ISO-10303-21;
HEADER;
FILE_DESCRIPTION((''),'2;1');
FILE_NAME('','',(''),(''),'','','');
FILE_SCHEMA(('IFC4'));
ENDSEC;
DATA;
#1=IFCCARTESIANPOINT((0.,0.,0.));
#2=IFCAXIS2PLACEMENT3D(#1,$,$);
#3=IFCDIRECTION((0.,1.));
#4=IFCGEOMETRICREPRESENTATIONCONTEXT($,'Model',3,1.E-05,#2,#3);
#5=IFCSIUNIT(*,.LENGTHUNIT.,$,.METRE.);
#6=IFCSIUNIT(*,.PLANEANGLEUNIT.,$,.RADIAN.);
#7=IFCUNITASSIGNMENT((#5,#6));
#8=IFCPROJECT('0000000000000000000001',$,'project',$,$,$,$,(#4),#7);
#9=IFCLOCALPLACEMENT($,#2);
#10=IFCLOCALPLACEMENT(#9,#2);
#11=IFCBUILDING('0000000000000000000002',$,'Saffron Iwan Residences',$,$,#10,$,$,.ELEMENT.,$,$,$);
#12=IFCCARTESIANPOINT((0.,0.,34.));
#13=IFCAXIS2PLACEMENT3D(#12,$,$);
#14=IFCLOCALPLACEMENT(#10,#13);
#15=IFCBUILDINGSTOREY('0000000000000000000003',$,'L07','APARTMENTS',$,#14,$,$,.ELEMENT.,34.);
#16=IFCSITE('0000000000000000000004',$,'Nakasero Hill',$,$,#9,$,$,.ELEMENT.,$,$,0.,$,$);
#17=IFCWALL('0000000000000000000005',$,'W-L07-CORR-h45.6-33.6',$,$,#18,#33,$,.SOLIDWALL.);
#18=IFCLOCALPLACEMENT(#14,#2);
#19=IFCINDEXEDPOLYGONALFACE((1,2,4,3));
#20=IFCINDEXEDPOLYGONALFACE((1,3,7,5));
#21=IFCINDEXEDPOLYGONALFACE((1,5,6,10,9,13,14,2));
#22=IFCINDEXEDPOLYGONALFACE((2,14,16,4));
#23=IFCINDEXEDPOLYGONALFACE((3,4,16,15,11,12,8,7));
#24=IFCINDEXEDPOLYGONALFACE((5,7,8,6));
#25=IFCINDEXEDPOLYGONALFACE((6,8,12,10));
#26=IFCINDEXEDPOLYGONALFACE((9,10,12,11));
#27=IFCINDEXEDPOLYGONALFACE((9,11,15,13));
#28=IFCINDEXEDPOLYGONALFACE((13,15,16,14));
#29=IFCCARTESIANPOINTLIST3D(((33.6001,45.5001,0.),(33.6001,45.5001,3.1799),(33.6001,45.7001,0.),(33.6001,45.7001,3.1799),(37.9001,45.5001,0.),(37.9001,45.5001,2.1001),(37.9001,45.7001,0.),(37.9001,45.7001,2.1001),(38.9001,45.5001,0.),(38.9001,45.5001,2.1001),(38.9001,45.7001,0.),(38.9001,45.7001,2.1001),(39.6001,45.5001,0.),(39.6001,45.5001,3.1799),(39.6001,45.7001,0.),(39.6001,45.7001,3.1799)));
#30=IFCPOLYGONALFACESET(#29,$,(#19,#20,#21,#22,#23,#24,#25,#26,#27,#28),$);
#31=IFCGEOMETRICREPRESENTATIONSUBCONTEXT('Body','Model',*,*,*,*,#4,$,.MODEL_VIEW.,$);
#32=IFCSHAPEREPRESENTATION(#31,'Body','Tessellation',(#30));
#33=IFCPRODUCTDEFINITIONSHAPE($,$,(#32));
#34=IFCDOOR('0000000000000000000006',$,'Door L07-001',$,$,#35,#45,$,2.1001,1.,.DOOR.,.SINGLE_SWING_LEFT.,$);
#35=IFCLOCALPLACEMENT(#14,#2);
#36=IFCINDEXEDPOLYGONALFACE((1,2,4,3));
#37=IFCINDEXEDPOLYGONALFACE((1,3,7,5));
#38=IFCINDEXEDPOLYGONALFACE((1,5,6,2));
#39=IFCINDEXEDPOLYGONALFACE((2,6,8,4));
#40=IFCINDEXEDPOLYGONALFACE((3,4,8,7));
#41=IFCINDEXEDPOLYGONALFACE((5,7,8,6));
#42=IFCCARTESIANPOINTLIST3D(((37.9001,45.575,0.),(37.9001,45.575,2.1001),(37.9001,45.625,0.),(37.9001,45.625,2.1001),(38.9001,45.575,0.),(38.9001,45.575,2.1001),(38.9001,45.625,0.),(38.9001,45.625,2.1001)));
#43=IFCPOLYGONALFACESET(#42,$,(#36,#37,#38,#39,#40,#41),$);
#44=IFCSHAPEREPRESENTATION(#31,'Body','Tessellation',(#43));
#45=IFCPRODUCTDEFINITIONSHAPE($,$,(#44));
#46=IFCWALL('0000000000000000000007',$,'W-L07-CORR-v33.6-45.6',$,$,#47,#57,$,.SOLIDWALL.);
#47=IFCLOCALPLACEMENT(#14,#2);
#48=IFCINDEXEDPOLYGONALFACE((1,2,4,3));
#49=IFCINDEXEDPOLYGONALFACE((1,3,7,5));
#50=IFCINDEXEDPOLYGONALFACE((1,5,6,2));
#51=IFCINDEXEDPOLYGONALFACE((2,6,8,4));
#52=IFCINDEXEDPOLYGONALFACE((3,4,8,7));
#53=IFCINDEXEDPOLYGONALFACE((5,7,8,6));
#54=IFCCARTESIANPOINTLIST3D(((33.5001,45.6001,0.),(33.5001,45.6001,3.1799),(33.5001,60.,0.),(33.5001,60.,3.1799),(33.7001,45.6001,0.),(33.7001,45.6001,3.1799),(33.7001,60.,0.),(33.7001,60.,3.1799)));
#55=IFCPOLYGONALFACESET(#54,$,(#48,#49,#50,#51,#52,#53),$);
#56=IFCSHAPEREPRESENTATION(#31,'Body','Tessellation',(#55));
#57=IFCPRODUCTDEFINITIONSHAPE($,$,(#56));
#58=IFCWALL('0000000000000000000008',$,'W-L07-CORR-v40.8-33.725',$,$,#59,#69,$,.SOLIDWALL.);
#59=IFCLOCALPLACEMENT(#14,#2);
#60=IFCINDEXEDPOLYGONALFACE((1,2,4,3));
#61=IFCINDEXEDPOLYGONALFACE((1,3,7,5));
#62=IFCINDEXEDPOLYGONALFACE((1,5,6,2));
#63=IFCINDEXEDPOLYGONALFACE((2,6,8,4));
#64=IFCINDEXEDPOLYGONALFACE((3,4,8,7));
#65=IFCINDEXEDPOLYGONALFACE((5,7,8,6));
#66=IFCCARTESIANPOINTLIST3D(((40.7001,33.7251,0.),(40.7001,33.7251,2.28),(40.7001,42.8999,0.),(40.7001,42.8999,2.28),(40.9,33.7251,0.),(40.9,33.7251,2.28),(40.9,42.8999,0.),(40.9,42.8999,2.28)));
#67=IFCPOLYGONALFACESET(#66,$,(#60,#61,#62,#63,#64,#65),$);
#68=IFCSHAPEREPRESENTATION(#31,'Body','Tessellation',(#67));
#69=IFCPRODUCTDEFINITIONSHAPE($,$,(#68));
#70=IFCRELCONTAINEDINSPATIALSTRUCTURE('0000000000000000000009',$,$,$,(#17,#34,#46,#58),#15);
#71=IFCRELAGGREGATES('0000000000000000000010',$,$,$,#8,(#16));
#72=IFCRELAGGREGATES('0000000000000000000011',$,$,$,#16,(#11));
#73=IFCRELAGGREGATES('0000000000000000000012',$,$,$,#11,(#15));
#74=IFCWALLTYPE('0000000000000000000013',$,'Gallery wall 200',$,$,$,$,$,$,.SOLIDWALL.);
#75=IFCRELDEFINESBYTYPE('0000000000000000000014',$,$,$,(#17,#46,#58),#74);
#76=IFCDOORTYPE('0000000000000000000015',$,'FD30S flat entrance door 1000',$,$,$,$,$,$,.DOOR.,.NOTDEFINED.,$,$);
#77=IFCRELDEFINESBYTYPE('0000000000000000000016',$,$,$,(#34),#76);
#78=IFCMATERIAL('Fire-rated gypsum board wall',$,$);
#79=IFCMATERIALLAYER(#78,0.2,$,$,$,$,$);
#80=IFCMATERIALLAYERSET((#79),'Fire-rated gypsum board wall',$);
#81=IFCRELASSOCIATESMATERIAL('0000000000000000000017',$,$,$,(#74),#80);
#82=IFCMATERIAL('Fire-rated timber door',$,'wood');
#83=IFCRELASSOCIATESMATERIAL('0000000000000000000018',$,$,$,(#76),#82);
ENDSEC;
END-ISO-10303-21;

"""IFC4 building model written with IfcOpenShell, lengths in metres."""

from ifc_helpers import new_model, si_unit, direction, frame, frame_2d, origin, place, context, subcontext, project, spatial, rectangle, extrude, material, layer, layer_set, type_object, element, fill, save


model = new_model("IFC4")

# Units and contexts
model_context = context("Model", 3, precision=1e-05, world=origin(), true_north=direction((0.0, 1.0)))
body_context = subcontext(model_context, "Body", "Model", "MODEL_VIEW")
ifc_project = project(units=[si_unit("LENGTHUNIT", "METRE"), si_unit("PLANEANGLEUNIT", "RADIAN")], contexts=[model_context])

# Site, building, storey
site_placement = place(None, origin())
site = spatial("IfcSite", under=ifc_project, at=site_placement, Name="Nakasero Hill", CompositionType="ELEMENT", RefElevation=0.0)
building_placement = place(site_placement, origin())
building = spatial("IfcBuilding", under=site, at=building_placement, Name="Saffron Iwan Residences", CompositionType="ELEMENT")
storey_placement = place(building_placement, frame((0.0, 0.0, 34.0)))
storey = spatial("IfcBuildingStorey", under=building, at=storey_placement, Name="L07", Description="APARTMENTS", CompositionType="ELEMENT", Elevation=34.0)

# Wall, opening, door
ifc_material_1 = material(Name="Fire-rated gypsum board wall")
ifc_layer_1 = layer(ifc_material_1, 0.2)
ifc_layer_set_1 = layer_set([ifc_layer_1], Name="Fire-rated gypsum board wall")
wall_type_1 = type_object("IfcWallType", Name="Gallery wall 200", PredefinedType="SOLIDWALL", material=ifc_layer_set_1)
wall_1_placement = place(storey_placement, frame((33.6001, 45.6001, 0.0), z_axis=(0.0, 0.0, 1.0), x_axis=(1.0, 0.0, 0.0)))
wall_1 = element("IfcWall", 1, at=wall_1_placement, inside=storey, type_object=wall_type_1, Name="W-L07-CORR-h45.6-33.6", PredefinedType="SOLIDWALL", context=body_context, shape_type="SweptSolid", body=[
    extrude(rectangle(XDim=6.0, YDim=0.2, at=frame_2d((3.0, 0.0))), origin(), (0.0, 0.0, 1.0), 3.1799),
])
opening_1_placement = place(wall_1_placement, frame((4.3, 0.0, 0.0)))
opening_1 = element("IfcOpeningElement", 2, at=opening_1_placement, cuts=wall_1, PredefinedType="OPENING", context=body_context, shape_type="SweptSolid", body=[
    extrude(rectangle(XDim=1.0, YDim=2.1001, at=frame_2d((0.5, 1.05))), frame((0.0, 0.1099, 0.0), z_axis=(0.0, -1.0, 0.0), x_axis=(1.0, 0.0, 0.0)), (0.0, 0.0, 1.0), 0.22),
])
ifc_material_2 = material(Name="Fire-rated timber door", Category="wood")
door_type_1 = type_object("IfcDoorType", Name="FD30S flat entrance door 1000", OperationType="NOTDEFINED", PredefinedType="DOOR", material=ifc_material_2)
door_1_placement = place(opening_1_placement, origin())
door_1 = element("IfcDoor", 3, at=door_1_placement, inside=storey, type_object=door_type_1, Name="Door L07-001", OperationType="SINGLE_SWING_LEFT", OverallHeight=2.1001, OverallWidth=1.0, PredefinedType="DOOR", context=body_context, shape_type="SweptSolid", body=[
    extrude(rectangle(XDim=1.0, YDim=2.1001, at=frame_2d((0.5, 1.05))), frame((0.0, 0.0249, 0.0), z_axis=(0.0, -1.0, 0.0), x_axis=(1.0, 0.0, 0.0)), (0.0, 0.0, 1.0), 0.05),
])
fill(opening_1, door_1)

# Walls
wall_2_placement = place(storey_placement, frame((33.6001, 45.6001, 0.0), z_axis=(0.0, 0.0, 1.0), x_axis=(0.0, 1.0, 0.0)))
element("IfcWall", 4, at=wall_2_placement, inside=storey, type_object=wall_type_1, Name="W-L07-CORR-v33.6-45.6", PredefinedType="SOLIDWALL", context=body_context, shape_type="SweptSolid", body=[
    extrude(rectangle(XDim=14.3999, YDim=0.2, at=frame_2d((7.2, 0.0))), origin(), (0.0, 0.0, 1.0), 3.1799),
])
wall_3_placement = place(storey_placement, frame((40.8, 33.7251, 0.0), z_axis=(0.0, 0.0, 1.0), x_axis=(0.0, 1.0, 0.0)))
element("IfcWall", 5, at=wall_3_placement, inside=storey, type_object=wall_type_1, Name="W-L07-CORR-v40.8-33.725", PredefinedType="SOLIDWALL", context=body_context, shape_type="SweptSolid", body=[
    extrude(rectangle(XDim=9.1748, YDim=0.2, at=frame_2d((4.5874, 0.0))), origin(), (0.0, 0.0, 1.0), 2.28),
])

save(model, "model.ifc")
